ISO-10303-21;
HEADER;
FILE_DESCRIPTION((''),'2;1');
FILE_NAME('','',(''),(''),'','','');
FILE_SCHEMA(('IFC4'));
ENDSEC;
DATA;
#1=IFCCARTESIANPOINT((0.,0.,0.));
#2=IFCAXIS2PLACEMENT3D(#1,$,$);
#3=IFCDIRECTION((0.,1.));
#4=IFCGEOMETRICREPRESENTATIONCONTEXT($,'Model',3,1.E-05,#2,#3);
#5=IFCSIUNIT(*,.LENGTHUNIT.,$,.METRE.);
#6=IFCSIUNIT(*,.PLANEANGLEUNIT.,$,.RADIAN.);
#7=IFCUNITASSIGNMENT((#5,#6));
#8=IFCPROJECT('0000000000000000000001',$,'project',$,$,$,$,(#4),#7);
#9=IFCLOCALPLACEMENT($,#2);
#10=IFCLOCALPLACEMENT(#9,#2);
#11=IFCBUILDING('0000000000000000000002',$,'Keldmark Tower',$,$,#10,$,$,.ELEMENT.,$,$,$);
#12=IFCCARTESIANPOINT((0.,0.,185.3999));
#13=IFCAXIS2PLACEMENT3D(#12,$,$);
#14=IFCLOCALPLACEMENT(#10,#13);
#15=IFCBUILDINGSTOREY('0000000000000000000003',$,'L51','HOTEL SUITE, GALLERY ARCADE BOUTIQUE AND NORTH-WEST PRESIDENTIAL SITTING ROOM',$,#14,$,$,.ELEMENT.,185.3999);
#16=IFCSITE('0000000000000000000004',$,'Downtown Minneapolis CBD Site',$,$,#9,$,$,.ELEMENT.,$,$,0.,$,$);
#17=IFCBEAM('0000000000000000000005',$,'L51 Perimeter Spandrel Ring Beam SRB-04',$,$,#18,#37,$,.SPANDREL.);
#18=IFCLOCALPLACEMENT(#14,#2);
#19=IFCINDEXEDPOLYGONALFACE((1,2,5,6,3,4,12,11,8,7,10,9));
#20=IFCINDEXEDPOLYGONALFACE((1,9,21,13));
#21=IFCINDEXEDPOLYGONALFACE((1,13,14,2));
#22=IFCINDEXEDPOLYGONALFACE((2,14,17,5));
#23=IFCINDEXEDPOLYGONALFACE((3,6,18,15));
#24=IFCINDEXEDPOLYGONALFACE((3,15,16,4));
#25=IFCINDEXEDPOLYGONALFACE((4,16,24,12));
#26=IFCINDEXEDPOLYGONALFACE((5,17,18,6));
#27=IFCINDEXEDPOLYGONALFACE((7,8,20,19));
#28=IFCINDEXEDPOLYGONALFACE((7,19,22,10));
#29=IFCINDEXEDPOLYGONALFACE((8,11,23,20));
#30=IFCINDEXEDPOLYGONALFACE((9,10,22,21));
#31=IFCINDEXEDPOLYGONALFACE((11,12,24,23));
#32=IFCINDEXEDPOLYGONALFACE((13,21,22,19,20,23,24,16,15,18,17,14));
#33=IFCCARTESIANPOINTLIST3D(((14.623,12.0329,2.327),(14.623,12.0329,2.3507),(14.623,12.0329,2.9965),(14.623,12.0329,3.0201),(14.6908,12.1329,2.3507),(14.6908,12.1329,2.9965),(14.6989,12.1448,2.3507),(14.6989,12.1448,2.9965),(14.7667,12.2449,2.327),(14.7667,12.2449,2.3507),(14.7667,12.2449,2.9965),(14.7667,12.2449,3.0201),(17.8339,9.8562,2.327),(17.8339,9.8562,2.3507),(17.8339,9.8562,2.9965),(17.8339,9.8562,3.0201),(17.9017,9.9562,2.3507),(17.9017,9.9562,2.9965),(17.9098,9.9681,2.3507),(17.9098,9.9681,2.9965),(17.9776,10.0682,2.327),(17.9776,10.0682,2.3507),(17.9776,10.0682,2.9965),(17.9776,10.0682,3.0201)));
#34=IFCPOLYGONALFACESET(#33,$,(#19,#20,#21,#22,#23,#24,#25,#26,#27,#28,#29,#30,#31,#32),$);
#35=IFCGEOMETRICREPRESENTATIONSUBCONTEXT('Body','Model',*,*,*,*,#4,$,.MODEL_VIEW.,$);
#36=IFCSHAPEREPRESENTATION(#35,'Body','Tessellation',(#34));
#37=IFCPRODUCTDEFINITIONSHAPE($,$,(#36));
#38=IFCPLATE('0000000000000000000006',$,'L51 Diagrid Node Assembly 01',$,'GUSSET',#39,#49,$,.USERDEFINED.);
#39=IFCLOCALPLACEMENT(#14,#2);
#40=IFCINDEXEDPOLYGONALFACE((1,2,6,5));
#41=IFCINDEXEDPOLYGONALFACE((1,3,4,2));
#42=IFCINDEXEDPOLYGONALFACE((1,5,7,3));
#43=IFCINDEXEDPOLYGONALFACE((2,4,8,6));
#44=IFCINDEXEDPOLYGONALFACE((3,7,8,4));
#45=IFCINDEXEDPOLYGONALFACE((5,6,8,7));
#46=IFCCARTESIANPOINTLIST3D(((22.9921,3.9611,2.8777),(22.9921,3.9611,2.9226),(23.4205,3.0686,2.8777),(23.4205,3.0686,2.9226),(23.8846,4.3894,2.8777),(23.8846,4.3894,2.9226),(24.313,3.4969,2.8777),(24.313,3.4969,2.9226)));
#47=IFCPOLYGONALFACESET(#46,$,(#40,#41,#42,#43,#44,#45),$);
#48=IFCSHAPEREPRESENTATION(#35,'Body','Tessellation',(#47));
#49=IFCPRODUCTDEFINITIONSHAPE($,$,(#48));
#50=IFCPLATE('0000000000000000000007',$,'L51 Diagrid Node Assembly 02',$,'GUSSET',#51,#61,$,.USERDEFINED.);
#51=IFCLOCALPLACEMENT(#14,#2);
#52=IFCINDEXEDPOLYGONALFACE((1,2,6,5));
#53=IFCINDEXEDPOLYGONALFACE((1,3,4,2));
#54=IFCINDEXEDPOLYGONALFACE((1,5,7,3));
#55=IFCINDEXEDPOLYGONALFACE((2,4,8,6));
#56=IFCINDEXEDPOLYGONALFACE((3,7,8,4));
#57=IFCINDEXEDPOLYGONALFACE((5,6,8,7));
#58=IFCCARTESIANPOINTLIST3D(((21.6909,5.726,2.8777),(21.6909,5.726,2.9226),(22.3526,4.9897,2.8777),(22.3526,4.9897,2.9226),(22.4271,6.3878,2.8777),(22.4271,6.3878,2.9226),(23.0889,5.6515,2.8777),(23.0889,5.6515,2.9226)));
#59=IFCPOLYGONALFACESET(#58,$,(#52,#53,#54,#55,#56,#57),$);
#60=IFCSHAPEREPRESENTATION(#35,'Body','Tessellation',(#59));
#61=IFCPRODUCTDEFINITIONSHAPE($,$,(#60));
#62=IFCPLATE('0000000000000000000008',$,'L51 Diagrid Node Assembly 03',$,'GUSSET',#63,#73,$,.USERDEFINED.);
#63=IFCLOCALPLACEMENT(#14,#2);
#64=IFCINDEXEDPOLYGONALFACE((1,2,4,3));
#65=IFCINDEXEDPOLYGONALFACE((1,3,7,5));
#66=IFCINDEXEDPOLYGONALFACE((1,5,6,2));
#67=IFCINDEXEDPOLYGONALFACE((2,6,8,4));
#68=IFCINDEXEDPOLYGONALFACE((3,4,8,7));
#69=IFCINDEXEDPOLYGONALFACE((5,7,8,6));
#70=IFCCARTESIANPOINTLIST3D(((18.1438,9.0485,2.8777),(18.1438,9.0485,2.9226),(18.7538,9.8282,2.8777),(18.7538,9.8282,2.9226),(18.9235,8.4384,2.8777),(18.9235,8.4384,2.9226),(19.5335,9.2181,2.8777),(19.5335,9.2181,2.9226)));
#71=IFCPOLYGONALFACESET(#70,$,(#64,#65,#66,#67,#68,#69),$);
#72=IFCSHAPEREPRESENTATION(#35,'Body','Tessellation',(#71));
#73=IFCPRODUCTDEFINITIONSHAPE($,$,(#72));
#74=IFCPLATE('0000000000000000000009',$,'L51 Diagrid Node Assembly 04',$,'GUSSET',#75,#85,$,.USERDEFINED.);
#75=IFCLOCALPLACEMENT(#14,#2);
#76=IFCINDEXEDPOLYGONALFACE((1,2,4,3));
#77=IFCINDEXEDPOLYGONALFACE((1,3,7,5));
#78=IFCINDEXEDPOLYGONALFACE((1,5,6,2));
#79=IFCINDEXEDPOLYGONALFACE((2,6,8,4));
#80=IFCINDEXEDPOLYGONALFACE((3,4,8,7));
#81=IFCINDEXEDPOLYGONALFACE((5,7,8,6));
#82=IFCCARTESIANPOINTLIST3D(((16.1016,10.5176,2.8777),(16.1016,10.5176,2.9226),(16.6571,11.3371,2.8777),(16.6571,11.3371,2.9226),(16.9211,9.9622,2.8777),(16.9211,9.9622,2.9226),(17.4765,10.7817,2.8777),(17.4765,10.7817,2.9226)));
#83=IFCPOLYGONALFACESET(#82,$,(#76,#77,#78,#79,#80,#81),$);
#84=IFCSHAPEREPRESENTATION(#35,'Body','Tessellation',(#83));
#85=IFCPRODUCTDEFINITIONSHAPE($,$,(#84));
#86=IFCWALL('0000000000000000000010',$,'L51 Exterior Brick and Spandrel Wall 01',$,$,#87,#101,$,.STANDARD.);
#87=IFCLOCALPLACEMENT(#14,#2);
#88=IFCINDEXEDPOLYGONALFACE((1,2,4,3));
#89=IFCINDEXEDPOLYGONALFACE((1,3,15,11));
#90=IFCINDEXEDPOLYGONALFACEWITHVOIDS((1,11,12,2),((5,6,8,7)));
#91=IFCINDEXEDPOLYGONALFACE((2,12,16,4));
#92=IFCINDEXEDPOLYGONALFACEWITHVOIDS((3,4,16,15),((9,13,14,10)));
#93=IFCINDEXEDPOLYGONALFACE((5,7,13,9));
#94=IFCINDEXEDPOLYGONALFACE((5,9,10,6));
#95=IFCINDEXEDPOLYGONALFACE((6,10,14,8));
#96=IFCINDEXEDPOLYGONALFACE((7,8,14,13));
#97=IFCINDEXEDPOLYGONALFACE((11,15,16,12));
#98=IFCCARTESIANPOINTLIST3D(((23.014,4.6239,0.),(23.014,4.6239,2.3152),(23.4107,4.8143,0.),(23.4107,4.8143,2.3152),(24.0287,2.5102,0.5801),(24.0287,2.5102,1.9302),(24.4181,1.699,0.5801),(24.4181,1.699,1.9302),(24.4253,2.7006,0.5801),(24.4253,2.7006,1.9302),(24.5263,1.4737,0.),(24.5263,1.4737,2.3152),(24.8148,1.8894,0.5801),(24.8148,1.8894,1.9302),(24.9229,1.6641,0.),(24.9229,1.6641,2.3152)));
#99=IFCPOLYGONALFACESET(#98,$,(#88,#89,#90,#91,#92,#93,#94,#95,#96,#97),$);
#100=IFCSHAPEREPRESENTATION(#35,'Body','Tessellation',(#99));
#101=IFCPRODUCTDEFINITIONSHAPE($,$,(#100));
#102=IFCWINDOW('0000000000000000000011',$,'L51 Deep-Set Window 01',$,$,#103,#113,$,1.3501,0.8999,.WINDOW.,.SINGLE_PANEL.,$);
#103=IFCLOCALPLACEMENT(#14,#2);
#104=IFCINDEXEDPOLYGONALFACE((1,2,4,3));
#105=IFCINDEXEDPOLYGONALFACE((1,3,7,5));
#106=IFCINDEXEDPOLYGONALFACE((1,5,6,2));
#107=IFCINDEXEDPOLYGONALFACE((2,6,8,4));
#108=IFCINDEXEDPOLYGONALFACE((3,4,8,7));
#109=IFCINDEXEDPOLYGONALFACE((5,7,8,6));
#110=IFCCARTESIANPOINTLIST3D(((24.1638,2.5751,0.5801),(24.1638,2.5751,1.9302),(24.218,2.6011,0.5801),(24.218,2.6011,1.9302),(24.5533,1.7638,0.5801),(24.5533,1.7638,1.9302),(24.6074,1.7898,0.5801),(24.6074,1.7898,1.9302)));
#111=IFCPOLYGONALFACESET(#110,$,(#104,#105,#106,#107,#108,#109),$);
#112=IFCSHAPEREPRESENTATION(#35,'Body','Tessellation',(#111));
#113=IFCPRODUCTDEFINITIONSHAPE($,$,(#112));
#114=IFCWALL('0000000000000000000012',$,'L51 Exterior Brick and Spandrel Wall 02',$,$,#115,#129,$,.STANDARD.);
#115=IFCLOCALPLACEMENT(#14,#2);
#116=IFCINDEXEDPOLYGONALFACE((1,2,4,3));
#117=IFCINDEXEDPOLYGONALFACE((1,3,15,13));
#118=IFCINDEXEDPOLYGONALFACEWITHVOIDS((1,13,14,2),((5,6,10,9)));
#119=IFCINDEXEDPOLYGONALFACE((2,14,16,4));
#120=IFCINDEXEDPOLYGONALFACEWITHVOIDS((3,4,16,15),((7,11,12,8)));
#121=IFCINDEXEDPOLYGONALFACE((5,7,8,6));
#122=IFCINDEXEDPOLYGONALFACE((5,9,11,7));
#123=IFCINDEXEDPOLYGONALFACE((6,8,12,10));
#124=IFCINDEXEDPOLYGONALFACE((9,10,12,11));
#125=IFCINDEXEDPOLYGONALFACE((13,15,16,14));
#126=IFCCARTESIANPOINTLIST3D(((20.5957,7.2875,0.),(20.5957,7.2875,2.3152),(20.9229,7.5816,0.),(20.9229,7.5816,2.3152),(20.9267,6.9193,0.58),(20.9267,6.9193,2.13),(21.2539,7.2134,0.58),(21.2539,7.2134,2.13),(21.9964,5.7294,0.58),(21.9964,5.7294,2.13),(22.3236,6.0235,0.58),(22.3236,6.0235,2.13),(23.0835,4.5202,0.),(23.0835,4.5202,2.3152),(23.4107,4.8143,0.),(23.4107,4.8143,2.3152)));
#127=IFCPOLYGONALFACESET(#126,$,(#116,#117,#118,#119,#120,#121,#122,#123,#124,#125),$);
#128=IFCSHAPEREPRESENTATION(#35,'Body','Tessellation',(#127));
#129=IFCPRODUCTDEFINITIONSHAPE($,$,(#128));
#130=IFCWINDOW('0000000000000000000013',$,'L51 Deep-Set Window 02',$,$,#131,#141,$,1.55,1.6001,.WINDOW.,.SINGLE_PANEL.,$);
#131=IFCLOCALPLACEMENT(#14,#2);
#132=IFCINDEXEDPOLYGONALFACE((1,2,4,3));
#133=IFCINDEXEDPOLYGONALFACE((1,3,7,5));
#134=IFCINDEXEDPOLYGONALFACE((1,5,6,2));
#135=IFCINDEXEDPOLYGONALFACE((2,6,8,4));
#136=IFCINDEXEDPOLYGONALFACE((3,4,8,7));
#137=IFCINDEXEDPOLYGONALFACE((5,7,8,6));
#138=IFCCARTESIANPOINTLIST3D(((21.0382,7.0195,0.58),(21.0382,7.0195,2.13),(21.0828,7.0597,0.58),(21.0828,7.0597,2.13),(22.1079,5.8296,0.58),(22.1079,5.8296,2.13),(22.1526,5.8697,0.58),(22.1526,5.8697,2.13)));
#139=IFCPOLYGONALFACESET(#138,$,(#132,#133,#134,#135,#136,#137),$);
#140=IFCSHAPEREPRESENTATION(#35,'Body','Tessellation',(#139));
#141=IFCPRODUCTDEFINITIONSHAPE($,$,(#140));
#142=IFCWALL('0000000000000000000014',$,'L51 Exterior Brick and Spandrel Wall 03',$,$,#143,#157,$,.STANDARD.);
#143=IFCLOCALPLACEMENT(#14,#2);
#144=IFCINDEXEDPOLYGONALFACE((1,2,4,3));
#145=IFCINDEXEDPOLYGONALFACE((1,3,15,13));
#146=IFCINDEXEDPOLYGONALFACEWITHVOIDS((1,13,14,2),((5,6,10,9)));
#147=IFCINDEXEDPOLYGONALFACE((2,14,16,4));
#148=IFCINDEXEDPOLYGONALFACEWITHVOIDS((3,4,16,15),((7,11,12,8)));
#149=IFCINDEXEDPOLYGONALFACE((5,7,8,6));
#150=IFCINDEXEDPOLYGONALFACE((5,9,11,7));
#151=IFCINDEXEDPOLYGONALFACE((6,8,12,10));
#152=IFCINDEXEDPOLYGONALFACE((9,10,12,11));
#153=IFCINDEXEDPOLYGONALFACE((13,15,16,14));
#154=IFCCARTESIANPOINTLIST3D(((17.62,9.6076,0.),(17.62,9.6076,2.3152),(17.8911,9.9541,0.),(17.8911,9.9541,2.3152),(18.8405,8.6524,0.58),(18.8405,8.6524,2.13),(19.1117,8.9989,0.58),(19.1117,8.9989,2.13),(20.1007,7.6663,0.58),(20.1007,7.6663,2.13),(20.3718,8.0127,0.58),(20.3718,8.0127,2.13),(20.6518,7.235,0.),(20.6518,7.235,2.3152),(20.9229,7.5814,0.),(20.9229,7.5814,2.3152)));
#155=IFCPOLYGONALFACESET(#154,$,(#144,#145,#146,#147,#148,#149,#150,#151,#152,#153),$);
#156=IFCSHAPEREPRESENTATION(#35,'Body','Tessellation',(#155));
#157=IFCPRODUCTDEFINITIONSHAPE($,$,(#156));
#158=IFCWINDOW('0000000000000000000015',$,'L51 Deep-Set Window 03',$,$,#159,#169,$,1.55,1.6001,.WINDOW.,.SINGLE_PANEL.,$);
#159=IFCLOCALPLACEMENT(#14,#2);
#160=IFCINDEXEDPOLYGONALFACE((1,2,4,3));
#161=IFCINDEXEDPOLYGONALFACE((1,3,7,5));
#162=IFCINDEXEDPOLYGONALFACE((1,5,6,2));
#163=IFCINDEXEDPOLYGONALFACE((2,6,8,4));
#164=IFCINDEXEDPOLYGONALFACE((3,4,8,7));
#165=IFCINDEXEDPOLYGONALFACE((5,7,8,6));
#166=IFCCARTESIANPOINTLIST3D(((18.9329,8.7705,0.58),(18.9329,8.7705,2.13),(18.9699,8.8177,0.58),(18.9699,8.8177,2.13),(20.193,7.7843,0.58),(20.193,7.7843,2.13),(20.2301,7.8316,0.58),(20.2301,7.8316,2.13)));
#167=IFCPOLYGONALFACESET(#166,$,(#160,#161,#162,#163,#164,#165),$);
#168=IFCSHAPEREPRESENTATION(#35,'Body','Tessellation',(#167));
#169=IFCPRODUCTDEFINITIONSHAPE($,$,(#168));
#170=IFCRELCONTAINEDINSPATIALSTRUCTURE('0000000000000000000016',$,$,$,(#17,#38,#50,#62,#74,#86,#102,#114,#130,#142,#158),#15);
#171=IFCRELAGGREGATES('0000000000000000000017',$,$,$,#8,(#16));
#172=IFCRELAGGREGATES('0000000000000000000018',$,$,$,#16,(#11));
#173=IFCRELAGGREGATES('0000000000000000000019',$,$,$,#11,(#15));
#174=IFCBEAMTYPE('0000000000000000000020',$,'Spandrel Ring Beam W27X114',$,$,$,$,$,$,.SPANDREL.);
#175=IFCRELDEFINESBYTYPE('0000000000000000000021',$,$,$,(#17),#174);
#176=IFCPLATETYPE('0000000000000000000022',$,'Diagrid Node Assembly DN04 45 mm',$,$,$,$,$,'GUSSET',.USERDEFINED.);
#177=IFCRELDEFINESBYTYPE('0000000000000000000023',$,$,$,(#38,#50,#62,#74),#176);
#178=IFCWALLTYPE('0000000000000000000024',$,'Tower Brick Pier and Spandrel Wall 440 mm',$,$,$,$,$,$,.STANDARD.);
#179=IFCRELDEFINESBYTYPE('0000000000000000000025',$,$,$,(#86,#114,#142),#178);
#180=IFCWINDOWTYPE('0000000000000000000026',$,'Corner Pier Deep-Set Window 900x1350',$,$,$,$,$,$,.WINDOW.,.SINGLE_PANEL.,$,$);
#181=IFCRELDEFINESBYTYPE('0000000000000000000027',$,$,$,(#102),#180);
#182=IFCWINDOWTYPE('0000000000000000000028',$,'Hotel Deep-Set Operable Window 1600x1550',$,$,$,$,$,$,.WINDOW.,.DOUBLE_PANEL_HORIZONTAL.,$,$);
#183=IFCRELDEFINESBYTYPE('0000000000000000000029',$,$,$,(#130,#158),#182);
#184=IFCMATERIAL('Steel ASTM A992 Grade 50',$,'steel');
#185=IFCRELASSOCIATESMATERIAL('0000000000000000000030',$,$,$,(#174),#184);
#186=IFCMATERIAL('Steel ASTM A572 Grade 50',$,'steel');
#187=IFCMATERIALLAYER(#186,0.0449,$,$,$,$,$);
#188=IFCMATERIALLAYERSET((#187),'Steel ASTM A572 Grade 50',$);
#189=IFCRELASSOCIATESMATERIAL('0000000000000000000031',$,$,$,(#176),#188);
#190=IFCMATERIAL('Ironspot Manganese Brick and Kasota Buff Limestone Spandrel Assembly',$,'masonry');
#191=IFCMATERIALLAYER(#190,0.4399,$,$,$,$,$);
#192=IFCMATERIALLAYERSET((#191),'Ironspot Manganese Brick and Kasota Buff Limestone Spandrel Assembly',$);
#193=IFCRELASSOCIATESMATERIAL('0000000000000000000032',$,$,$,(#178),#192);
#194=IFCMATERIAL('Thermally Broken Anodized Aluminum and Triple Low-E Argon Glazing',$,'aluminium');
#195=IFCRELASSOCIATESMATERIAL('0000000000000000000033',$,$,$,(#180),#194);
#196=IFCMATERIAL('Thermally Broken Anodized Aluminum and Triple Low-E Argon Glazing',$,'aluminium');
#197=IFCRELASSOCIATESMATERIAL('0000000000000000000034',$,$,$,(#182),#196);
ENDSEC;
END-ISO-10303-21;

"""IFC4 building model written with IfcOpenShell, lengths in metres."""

from ifc_helpers import new_model, si_unit, direction, frame, frame_2d, origin, origin_2d, place, context, subcontext, project, spatial, rectangle, i_section, extrude, material, layer, layer_set, material_profile, profile_set, type_object, element, fill, save


model = new_model("IFC4")

# Units and contexts
model_context = context("Model", 3, precision=1e-05, world=origin(), true_north=direction((0.0, 1.0)))
body_context = subcontext(model_context, "Body", "Model", "MODEL_VIEW")
ifc_project = project(units=[si_unit("LENGTHUNIT", "METRE"), si_unit("PLANEANGLEUNIT", "RADIAN")], contexts=[model_context])

# Site, building, storey
site_placement = place(None, origin())
site = spatial("IfcSite", under=ifc_project, at=site_placement, Name="Downtown Minneapolis CBD Site", CompositionType="ELEMENT", RefElevation=0.0)
building_placement = place(site_placement, origin())
building = spatial("IfcBuilding", under=site, at=building_placement, Name="Keldmark Tower", CompositionType="ELEMENT")
storey_placement = place(building_placement, frame((0.0, 0.0, 185.3999)))
storey = spatial("IfcBuildingStorey", under=building, at=storey_placement, Name="L51", Description="HOTEL SUITE, GALLERY ARCADE BOUTIQUE AND NORTH-WEST PRESIDENTIAL SITTING ROOM", CompositionType="ELEMENT", Elevation=185.3999)

# Beam
ifc_material_1 = material(Name="Steel ASTM A992 Grade 50", Category="steel")
ifc_material_profile_1 = material_profile(ifc_material_1, i_section(OverallWidth=0.2561, OverallDepth=0.6931, WebThickness=0.0144, FlangeThickness=0.0237, at=origin_2d()), Name="W27X114")
ifc_profile_set_1 = profile_set([ifc_material_profile_1], Name="Steel ASTM A992 Grade 50")
beam_type_1 = type_object("IfcBeamType", Name="Spandrel Ring Beam W27X114", PredefinedType="SPANDREL", material=ifc_profile_set_1)
beam_1_placement = place(storey_placement, frame((17.9058, 9.9622, 2.6736), z_axis=(-0.827726, 0.561132, 0.0), x_axis=(-0.561132, -0.827726, 0.0)))
element("IfcBeam", 1, at=beam_1_placement, inside=storey, type_object=beam_type_1, Name="L51 Perimeter Spandrel Ring Beam SRB-04", PredefinedType="SPANDREL", context=body_context, shape_type="SweptSolid", body=[
    extrude(i_section(OverallWidth=0.2561, OverallDepth=0.6931, WebThickness=0.0144, FlangeThickness=0.0237, at=origin_2d()), origin(), (0.0, 0.0, 1.0), 3.8792),
])

# Plates
ifc_material_2 = material(Name="Steel ASTM A572 Grade 50", Category="steel")
ifc_layer_1 = layer(ifc_material_2, 0.0449)
ifc_layer_set_1 = layer_set([ifc_layer_1], Name="Steel ASTM A572 Grade 50")
plate_type = type_object("IfcPlateType", Name="Diagrid Node Assembly DN04 45 mm", ElementType="GUSSET", PredefinedType="USERDEFINED", material=ifc_layer_set_1)
for number, where, z_axis, x_axis, name in (
    (2, (23.6526, 3.729, 2.8777), (0.0, 0.0, 1.0), (-0.432715, 0.901531, 0.0), "L51 Diagrid Node Assembly 01"),
    (3, (22.3899, 5.6887, 2.8777), (0.0, 0.0, 1.0), (-0.668482, 0.743728, 0.0), "L51 Diagrid Node Assembly 02"),
    (4, (18.8386, 9.1333, 2.8777), (0.0, 0.0, 1.0), (-0.787581, 0.616211, 0.0), "L51 Diagrid Node Assembly 03"),
    (5, (16.7891, 10.6497, 2.8777), (0.0, 0.0, 1.0), (-0.827767, 0.561072, 0.0), "L51 Diagrid Node Assembly 04"),
):
    element("IfcPlate", number, at=place(storey_placement, frame(where, z_axis=z_axis, x_axis=x_axis)), inside=storey, type_object=plate_type, Name=name, ObjectType="GUSSET", PredefinedType="USERDEFINED", context=body_context, shape_type="SweptSolid", body=[
        extrude(rectangle(XDim=0.99, YDim=0.99, at=origin_2d()), origin(), (0.0, 0.0, 1.0), 0.0449),
    ])

# Walls, openings, windows
ifc_material_3 = material(Name="Ironspot Manganese Brick and Kasota Buff Limestone Spandrel Assembly", Category="masonry")
ifc_layer_2 = layer(ifc_material_3, 0.4399)
ifc_layer_set_2 = layer_set([ifc_layer_2], Name="Ironspot Manganese Brick and Kasota Buff Limestone Spandrel Assembly")
wall_type_1 = type_object("IfcWallType", Name="Tower Brick Pier and Spandrel Wall 440 mm", PredefinedType="STANDARD", material=ifc_layer_set_2)
wall_1_placement = place(storey_placement, frame((23.2124, 4.719, 0.0), z_axis=(0.0, 0.0, 1.0), x_axis=(0.432763, -0.901508, 0.0)))
wall_1 = element("IfcWall", 6, at=wall_1_placement, inside=storey, type_object=wall_type_1, Name="L51 Exterior Brick and Spandrel Wall 01", PredefinedType="STANDARD", context=body_context, shape_type="SweptSolid", body=[
    extrude(rectangle(XDim=3.4944, YDim=0.4399, at=frame_2d((1.7471, 0.0))), origin(), (0.0, 0.0, 1.0), 2.3152),
])
opening_1_placement = place(wall_1_placement, frame((2.3445, 0.0, 0.5801)))
opening_1 = element("IfcOpeningElement", 7, at=opening_1_placement, cuts=wall_1, PredefinedType="OPENING", context=body_context, shape_type="SweptSolid", body=[
    extrude(rectangle(XDim=0.8999, YDim=1.3501, at=frame_2d((0.45, 0.675))), frame((0.0, 0.23, 0.0), z_axis=(0.0, -1.0, 0.0), x_axis=(1.0, 0.0, 0.0)), (0.0, 0.0, 1.0), 0.46),
])
ifc_material_4 = material(Name="Thermally Broken Anodized Aluminum and Triple Low-E Argon Glazing", Category="aluminium")
window_type_1 = type_object("IfcWindowType", Name="Corner Pier Deep-Set Window 900x1350", PartitioningType="SINGLE_PANEL", PredefinedType="WINDOW", material=ifc_material_4)
window_1_placement = place(opening_1_placement, origin())
window_1 = element("IfcWindow", 8, at=window_1_placement, inside=storey, type_object=window_type_1, Name="L51 Deep-Set Window 01", OverallHeight=1.3501, OverallWidth=0.8999, PartitioningType="SINGLE_PANEL", PredefinedType="WINDOW", context=body_context, shape_type="SweptSolid", body=[
    extrude(rectangle(XDim=0.8999, YDim=1.3501, at=frame_2d((0.45, 0.675))), frame((0.0, -0.01, 0.0), z_axis=(0.0, -1.0, 0.0), x_axis=(1.0, 0.0, 0.0)), (0.0, 0.0, 1.0), 0.0601),
])
fill(opening_1, window_1)
wall_2_placement = place(storey_placement, frame((20.7593, 7.4346, 0.0), z_axis=(0.0, 0.0, 1.0), x_axis=(0.668548, -0.743669, 0.0)))
wall_2 = element("IfcWall", 9, at=wall_2_placement, inside=storey, type_object=wall_type_1, Name="L51 Exterior Brick and Spandrel Wall 02", PredefinedType="STANDARD", context=body_context, shape_type="SweptSolid", body=[
    extrude(rectangle(XDim=3.7212, YDim=0.4399, at=frame_2d((1.8606, 0.0))), origin(), (0.0, 0.0, 1.0), 2.3152),
])
opening_2_placement = place(wall_2_placement, frame((0.4951, 0.0, 0.5801)))
opening_2 = element("IfcOpeningElement", 10, at=opening_2_placement, cuts=wall_2, PredefinedType="OPENING", context=body_context, shape_type="SweptSolid", body=[
    extrude(rectangle(XDim=1.6001, YDim=1.55, at=frame_2d((0.8, 0.7749))), frame((0.0, 0.23, 0.0), z_axis=(0.0, -1.0, 0.0), x_axis=(1.0, 0.0, 0.0)), (0.0, 0.0, 1.0), 0.46),
])
ifc_material_5 = material(Name="Thermally Broken Anodized Aluminum and Triple Low-E Argon Glazing", Category="aluminium")
window_type_2 = type_object("IfcWindowType", Name="Hotel Deep-Set Operable Window 1600x1550", PartitioningType="DOUBLE_PANEL_HORIZONTAL", PredefinedType="WINDOW", material=ifc_material_5)
window_2_placement = place(opening_2_placement, origin())
window_2 = element("IfcWindow", 11, at=window_2_placement, inside=storey, type_object=window_type_2, Name="L51 Deep-Set Window 02", OverallHeight=1.55, OverallWidth=1.6001, PartitioningType="SINGLE_PANEL", PredefinedType="WINDOW", context=body_context, shape_type="SweptSolid", body=[
    extrude(rectangle(XDim=1.6001, YDim=1.55, at=frame_2d((0.8, 0.7749))), frame((0.0, -0.01, 0.0), z_axis=(0.0, -1.0, 0.0), x_axis=(1.0, 0.0, 0.0)), (0.0, 0.0, 1.0), 0.0601),
])
fill(opening_2, window_2)
wall_3_placement = place(storey_placement, frame((17.7556, 9.7808, 0.0), z_axis=(0.0, 0.0, 1.0), x_axis=(0.787518, -0.616291, 0.0)))
wall_3 = element("IfcWall", 12, at=wall_3_placement, inside=storey, type_object=wall_type_1, Name="L51 Exterior Brick and Spandrel Wall 03", PredefinedType="STANDARD", context=body_context, shape_type="SweptSolid", body=[
    extrude(rectangle(XDim=3.8499, YDim=0.4399, at=frame_2d((1.9248, 0.0))), origin(), (0.0, 0.0, 1.0), 2.3152),
])
opening_3_placement = place(wall_3_placement, frame((1.5498, 0.0, 0.5801)))
opening_3 = element("IfcOpeningElement", 13, at=opening_3_placement, cuts=wall_3, PredefinedType="OPENING", context=body_context, shape_type="SweptSolid", body=[
    extrude(rectangle(XDim=1.6001, YDim=1.55, at=frame_2d((0.8, 0.7749))), frame((0.0, 0.23, 0.0), z_axis=(0.0, -1.0, 0.0), x_axis=(1.0, 0.0, 0.0)), (0.0, 0.0, 1.0), 0.46),
])
window_3_placement = place(opening_3_placement, origin())
window_3 = element("IfcWindow", 14, at=window_3_placement, inside=storey, type_object=window_type_2, Name="L51 Deep-Set Window 03", OverallHeight=1.55, OverallWidth=1.6001, PartitioningType="SINGLE_PANEL", PredefinedType="WINDOW", context=body_context, shape_type="SweptSolid", body=[
    extrude(rectangle(XDim=1.6001, YDim=1.55, at=frame_2d((0.8, 0.7749))), frame((0.0, -0.01, 0.0), z_axis=(0.0, -1.0, 0.0), x_axis=(1.0, 0.0, 0.0)), (0.0, 0.0, 1.0), 0.0601),
])
fill(opening_3, window_3)

save(model, "model.ifc")
